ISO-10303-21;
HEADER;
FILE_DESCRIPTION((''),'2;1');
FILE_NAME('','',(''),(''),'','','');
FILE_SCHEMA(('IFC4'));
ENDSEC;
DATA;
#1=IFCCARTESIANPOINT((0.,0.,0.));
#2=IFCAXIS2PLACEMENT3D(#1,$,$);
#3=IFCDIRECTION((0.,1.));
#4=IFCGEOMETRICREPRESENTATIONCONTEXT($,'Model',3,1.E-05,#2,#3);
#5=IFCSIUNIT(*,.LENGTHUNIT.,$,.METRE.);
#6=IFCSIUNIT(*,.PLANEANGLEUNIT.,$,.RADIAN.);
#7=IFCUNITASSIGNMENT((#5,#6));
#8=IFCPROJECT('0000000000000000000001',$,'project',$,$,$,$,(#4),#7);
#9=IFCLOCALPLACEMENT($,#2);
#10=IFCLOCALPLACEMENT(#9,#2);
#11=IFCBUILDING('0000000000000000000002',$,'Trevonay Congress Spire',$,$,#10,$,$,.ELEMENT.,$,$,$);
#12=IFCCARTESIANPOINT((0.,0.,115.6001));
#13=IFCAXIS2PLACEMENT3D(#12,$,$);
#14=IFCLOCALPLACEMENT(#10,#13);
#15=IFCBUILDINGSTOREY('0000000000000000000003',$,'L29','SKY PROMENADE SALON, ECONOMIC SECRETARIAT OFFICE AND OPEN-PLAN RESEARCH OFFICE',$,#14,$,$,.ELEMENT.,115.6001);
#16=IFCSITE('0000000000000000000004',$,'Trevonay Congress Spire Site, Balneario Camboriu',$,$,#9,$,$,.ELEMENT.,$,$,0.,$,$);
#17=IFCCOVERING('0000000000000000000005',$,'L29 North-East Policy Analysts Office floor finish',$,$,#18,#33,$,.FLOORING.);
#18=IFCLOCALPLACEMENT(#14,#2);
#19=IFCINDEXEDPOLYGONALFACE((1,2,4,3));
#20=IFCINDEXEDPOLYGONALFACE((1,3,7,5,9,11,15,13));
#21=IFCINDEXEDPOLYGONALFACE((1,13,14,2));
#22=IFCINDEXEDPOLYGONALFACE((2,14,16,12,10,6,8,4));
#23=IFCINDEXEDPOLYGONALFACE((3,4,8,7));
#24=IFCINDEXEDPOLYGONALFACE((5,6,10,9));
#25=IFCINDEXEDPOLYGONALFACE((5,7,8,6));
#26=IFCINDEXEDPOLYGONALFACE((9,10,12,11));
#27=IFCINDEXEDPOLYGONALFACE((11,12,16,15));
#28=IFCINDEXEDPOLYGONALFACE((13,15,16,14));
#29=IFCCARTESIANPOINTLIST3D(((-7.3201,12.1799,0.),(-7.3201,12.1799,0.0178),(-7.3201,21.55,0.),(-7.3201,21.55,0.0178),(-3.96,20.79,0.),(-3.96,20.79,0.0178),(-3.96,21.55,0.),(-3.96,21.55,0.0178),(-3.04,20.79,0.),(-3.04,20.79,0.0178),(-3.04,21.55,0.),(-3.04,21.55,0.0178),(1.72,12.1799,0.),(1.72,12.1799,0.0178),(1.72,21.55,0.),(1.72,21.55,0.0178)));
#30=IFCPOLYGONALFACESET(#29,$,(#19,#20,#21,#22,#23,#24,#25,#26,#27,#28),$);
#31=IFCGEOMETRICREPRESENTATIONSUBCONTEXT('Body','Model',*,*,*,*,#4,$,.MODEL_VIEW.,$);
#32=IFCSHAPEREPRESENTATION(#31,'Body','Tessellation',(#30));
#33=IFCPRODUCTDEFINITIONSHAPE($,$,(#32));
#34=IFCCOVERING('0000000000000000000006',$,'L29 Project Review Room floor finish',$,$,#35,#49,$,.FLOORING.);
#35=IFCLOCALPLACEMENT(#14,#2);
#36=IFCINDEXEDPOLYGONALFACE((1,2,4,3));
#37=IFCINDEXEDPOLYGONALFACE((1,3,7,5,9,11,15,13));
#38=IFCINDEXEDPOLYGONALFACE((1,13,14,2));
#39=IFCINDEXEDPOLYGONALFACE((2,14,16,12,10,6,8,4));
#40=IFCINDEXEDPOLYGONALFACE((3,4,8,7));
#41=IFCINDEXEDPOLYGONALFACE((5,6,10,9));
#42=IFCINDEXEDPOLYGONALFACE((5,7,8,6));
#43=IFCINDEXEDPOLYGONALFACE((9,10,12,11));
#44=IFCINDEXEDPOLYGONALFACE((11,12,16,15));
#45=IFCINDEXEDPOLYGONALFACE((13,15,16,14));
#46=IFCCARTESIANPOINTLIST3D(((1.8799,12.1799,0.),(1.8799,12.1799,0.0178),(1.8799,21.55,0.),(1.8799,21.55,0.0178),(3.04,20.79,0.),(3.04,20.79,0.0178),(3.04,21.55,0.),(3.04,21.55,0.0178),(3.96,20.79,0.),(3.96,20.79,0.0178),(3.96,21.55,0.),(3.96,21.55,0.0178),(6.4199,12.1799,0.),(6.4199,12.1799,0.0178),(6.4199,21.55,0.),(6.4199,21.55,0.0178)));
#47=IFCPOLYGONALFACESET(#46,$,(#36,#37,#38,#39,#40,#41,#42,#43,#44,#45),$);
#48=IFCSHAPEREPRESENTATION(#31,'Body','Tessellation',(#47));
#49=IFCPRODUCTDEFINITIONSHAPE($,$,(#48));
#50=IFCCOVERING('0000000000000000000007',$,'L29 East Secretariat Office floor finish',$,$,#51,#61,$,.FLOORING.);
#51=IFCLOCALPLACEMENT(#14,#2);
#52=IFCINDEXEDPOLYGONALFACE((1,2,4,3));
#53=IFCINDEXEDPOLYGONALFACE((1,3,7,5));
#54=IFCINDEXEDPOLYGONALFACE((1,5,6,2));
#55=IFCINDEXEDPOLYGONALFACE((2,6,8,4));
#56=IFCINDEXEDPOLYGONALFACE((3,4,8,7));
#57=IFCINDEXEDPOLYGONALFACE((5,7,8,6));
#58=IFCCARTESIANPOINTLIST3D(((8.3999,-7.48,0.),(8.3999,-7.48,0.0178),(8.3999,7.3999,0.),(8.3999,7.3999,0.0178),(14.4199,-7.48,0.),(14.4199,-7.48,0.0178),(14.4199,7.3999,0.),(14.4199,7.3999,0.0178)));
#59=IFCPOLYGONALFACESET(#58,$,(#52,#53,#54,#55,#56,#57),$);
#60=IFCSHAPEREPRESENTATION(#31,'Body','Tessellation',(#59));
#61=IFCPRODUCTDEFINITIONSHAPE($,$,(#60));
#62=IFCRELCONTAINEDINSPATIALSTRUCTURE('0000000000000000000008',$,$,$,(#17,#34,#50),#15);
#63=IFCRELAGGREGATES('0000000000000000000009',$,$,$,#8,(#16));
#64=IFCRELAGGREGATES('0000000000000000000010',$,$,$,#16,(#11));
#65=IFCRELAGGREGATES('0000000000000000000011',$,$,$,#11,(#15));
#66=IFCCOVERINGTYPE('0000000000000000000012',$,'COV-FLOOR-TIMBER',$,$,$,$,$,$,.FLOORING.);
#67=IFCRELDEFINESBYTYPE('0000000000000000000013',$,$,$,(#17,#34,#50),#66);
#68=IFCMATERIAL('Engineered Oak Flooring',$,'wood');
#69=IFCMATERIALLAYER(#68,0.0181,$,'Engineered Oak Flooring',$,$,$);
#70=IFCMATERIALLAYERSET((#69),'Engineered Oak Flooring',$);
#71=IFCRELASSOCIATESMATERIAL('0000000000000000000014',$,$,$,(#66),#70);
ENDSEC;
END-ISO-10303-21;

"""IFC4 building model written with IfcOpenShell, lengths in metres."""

from ifc_helpers import new_model, si_unit, direction, frame, origin, place, context, subcontext, project, spatial, polyline, outline, extrude, material, layer, layer_set, type_object, element, save


model = new_model("IFC4")

# Units and contexts
model_context = context("Model", 3, precision=1e-05, world=origin(), true_north=direction((0.0, 1.0)))
body_context = subcontext(model_context, "Body", "Model", "MODEL_VIEW")
ifc_project = project(units=[si_unit("LENGTHUNIT", "METRE"), si_unit("PLANEANGLEUNIT", "RADIAN")], contexts=[model_context])

# Site, building, storey
site_placement = place(None, origin())
site = spatial("IfcSite", under=ifc_project, at=site_placement, Name="Trevonay Congress Spire Site, Balneario Camboriu", CompositionType="ELEMENT", RefElevation=0.0)
building_placement = place(site_placement, origin())
building = spatial("IfcBuilding", under=site, at=building_placement, Name="Trevonay Congress Spire", CompositionType="ELEMENT")
storey_placement = place(building_placement, frame((0.0, 0.0, 115.6001)))
storey = spatial("IfcBuildingStorey", under=building, at=storey_placement, Name="L29", Description="SKY PROMENADE SALON, ECONOMIC SECRETARIAT OFFICE AND OPEN-PLAN RESEARCH OFFICE", CompositionType="ELEMENT", Elevation=115.6001)

# Coverings
ifc_material_1 = material(Name="Engineered Oak Flooring", Category="wood")
ifc_layer_1 = layer(ifc_material_1, 0.0181, Name="Engineered Oak Flooring")
ifc_layer_set_1 = layer_set([ifc_layer_1], Name="Engineered Oak Flooring")
covering_type_1 = type_object("IfcCoveringType", Name="COV-FLOOR-TIMBER", PredefinedType="FLOORING", material=ifc_layer_set_1)
covering_1_placement = place(storey_placement, origin())
element("IfcCovering", 1, at=covering_1_placement, inside=storey, type_object=covering_type_1, Name="L29 North-East Policy Analysts Office floor finish", PredefinedType="FLOORING", context=body_context, shape_type="SweptSolid", body=[
    extrude(outline(polyline([(1.72, 21.55), (1.72, 12.1799), (-7.3201, 12.1799), (-7.3201, 21.55), (-3.96, 21.55), (-3.96, 20.79), (-3.04, 20.79), (-3.04, 21.55), (1.72, 21.55)])), origin(), (0.0, 0.0, 1.0), 0.0178),
])
covering_2_placement = place(storey_placement, origin())
element("IfcCovering", 2, at=covering_2_placement, inside=storey, type_object=covering_type_1, Name="L29 Project Review Room floor finish", PredefinedType="FLOORING", context=body_context, shape_type="SweptSolid", body=[
    extrude(outline(polyline([(6.4199, 21.55), (6.4199, 12.1799), (1.8799, 12.1799), (1.8799, 21.55), (3.04, 21.55), (3.04, 20.79), (3.96, 20.79), (3.96, 21.55), (6.4199, 21.55)])), origin(), (0.0, 0.0, 1.0), 0.0178),
])
covering_3_placement = place(storey_placement, origin())
element("IfcCovering", 3, at=covering_3_placement, inside=storey, type_object=covering_type_1, Name="L29 East Secretariat Office floor finish", PredefinedType="FLOORING", context=body_context, shape_type="SweptSolid", body=[
    extrude(outline(polyline([(8.3999, -7.48), (14.4199, -7.48), (14.4199, 7.3999), (8.3999, 7.3999), (8.3999, -7.48)])), origin(), (0.0, 0.0, 1.0), 0.0178),
])

save(model, "model.ifc")
